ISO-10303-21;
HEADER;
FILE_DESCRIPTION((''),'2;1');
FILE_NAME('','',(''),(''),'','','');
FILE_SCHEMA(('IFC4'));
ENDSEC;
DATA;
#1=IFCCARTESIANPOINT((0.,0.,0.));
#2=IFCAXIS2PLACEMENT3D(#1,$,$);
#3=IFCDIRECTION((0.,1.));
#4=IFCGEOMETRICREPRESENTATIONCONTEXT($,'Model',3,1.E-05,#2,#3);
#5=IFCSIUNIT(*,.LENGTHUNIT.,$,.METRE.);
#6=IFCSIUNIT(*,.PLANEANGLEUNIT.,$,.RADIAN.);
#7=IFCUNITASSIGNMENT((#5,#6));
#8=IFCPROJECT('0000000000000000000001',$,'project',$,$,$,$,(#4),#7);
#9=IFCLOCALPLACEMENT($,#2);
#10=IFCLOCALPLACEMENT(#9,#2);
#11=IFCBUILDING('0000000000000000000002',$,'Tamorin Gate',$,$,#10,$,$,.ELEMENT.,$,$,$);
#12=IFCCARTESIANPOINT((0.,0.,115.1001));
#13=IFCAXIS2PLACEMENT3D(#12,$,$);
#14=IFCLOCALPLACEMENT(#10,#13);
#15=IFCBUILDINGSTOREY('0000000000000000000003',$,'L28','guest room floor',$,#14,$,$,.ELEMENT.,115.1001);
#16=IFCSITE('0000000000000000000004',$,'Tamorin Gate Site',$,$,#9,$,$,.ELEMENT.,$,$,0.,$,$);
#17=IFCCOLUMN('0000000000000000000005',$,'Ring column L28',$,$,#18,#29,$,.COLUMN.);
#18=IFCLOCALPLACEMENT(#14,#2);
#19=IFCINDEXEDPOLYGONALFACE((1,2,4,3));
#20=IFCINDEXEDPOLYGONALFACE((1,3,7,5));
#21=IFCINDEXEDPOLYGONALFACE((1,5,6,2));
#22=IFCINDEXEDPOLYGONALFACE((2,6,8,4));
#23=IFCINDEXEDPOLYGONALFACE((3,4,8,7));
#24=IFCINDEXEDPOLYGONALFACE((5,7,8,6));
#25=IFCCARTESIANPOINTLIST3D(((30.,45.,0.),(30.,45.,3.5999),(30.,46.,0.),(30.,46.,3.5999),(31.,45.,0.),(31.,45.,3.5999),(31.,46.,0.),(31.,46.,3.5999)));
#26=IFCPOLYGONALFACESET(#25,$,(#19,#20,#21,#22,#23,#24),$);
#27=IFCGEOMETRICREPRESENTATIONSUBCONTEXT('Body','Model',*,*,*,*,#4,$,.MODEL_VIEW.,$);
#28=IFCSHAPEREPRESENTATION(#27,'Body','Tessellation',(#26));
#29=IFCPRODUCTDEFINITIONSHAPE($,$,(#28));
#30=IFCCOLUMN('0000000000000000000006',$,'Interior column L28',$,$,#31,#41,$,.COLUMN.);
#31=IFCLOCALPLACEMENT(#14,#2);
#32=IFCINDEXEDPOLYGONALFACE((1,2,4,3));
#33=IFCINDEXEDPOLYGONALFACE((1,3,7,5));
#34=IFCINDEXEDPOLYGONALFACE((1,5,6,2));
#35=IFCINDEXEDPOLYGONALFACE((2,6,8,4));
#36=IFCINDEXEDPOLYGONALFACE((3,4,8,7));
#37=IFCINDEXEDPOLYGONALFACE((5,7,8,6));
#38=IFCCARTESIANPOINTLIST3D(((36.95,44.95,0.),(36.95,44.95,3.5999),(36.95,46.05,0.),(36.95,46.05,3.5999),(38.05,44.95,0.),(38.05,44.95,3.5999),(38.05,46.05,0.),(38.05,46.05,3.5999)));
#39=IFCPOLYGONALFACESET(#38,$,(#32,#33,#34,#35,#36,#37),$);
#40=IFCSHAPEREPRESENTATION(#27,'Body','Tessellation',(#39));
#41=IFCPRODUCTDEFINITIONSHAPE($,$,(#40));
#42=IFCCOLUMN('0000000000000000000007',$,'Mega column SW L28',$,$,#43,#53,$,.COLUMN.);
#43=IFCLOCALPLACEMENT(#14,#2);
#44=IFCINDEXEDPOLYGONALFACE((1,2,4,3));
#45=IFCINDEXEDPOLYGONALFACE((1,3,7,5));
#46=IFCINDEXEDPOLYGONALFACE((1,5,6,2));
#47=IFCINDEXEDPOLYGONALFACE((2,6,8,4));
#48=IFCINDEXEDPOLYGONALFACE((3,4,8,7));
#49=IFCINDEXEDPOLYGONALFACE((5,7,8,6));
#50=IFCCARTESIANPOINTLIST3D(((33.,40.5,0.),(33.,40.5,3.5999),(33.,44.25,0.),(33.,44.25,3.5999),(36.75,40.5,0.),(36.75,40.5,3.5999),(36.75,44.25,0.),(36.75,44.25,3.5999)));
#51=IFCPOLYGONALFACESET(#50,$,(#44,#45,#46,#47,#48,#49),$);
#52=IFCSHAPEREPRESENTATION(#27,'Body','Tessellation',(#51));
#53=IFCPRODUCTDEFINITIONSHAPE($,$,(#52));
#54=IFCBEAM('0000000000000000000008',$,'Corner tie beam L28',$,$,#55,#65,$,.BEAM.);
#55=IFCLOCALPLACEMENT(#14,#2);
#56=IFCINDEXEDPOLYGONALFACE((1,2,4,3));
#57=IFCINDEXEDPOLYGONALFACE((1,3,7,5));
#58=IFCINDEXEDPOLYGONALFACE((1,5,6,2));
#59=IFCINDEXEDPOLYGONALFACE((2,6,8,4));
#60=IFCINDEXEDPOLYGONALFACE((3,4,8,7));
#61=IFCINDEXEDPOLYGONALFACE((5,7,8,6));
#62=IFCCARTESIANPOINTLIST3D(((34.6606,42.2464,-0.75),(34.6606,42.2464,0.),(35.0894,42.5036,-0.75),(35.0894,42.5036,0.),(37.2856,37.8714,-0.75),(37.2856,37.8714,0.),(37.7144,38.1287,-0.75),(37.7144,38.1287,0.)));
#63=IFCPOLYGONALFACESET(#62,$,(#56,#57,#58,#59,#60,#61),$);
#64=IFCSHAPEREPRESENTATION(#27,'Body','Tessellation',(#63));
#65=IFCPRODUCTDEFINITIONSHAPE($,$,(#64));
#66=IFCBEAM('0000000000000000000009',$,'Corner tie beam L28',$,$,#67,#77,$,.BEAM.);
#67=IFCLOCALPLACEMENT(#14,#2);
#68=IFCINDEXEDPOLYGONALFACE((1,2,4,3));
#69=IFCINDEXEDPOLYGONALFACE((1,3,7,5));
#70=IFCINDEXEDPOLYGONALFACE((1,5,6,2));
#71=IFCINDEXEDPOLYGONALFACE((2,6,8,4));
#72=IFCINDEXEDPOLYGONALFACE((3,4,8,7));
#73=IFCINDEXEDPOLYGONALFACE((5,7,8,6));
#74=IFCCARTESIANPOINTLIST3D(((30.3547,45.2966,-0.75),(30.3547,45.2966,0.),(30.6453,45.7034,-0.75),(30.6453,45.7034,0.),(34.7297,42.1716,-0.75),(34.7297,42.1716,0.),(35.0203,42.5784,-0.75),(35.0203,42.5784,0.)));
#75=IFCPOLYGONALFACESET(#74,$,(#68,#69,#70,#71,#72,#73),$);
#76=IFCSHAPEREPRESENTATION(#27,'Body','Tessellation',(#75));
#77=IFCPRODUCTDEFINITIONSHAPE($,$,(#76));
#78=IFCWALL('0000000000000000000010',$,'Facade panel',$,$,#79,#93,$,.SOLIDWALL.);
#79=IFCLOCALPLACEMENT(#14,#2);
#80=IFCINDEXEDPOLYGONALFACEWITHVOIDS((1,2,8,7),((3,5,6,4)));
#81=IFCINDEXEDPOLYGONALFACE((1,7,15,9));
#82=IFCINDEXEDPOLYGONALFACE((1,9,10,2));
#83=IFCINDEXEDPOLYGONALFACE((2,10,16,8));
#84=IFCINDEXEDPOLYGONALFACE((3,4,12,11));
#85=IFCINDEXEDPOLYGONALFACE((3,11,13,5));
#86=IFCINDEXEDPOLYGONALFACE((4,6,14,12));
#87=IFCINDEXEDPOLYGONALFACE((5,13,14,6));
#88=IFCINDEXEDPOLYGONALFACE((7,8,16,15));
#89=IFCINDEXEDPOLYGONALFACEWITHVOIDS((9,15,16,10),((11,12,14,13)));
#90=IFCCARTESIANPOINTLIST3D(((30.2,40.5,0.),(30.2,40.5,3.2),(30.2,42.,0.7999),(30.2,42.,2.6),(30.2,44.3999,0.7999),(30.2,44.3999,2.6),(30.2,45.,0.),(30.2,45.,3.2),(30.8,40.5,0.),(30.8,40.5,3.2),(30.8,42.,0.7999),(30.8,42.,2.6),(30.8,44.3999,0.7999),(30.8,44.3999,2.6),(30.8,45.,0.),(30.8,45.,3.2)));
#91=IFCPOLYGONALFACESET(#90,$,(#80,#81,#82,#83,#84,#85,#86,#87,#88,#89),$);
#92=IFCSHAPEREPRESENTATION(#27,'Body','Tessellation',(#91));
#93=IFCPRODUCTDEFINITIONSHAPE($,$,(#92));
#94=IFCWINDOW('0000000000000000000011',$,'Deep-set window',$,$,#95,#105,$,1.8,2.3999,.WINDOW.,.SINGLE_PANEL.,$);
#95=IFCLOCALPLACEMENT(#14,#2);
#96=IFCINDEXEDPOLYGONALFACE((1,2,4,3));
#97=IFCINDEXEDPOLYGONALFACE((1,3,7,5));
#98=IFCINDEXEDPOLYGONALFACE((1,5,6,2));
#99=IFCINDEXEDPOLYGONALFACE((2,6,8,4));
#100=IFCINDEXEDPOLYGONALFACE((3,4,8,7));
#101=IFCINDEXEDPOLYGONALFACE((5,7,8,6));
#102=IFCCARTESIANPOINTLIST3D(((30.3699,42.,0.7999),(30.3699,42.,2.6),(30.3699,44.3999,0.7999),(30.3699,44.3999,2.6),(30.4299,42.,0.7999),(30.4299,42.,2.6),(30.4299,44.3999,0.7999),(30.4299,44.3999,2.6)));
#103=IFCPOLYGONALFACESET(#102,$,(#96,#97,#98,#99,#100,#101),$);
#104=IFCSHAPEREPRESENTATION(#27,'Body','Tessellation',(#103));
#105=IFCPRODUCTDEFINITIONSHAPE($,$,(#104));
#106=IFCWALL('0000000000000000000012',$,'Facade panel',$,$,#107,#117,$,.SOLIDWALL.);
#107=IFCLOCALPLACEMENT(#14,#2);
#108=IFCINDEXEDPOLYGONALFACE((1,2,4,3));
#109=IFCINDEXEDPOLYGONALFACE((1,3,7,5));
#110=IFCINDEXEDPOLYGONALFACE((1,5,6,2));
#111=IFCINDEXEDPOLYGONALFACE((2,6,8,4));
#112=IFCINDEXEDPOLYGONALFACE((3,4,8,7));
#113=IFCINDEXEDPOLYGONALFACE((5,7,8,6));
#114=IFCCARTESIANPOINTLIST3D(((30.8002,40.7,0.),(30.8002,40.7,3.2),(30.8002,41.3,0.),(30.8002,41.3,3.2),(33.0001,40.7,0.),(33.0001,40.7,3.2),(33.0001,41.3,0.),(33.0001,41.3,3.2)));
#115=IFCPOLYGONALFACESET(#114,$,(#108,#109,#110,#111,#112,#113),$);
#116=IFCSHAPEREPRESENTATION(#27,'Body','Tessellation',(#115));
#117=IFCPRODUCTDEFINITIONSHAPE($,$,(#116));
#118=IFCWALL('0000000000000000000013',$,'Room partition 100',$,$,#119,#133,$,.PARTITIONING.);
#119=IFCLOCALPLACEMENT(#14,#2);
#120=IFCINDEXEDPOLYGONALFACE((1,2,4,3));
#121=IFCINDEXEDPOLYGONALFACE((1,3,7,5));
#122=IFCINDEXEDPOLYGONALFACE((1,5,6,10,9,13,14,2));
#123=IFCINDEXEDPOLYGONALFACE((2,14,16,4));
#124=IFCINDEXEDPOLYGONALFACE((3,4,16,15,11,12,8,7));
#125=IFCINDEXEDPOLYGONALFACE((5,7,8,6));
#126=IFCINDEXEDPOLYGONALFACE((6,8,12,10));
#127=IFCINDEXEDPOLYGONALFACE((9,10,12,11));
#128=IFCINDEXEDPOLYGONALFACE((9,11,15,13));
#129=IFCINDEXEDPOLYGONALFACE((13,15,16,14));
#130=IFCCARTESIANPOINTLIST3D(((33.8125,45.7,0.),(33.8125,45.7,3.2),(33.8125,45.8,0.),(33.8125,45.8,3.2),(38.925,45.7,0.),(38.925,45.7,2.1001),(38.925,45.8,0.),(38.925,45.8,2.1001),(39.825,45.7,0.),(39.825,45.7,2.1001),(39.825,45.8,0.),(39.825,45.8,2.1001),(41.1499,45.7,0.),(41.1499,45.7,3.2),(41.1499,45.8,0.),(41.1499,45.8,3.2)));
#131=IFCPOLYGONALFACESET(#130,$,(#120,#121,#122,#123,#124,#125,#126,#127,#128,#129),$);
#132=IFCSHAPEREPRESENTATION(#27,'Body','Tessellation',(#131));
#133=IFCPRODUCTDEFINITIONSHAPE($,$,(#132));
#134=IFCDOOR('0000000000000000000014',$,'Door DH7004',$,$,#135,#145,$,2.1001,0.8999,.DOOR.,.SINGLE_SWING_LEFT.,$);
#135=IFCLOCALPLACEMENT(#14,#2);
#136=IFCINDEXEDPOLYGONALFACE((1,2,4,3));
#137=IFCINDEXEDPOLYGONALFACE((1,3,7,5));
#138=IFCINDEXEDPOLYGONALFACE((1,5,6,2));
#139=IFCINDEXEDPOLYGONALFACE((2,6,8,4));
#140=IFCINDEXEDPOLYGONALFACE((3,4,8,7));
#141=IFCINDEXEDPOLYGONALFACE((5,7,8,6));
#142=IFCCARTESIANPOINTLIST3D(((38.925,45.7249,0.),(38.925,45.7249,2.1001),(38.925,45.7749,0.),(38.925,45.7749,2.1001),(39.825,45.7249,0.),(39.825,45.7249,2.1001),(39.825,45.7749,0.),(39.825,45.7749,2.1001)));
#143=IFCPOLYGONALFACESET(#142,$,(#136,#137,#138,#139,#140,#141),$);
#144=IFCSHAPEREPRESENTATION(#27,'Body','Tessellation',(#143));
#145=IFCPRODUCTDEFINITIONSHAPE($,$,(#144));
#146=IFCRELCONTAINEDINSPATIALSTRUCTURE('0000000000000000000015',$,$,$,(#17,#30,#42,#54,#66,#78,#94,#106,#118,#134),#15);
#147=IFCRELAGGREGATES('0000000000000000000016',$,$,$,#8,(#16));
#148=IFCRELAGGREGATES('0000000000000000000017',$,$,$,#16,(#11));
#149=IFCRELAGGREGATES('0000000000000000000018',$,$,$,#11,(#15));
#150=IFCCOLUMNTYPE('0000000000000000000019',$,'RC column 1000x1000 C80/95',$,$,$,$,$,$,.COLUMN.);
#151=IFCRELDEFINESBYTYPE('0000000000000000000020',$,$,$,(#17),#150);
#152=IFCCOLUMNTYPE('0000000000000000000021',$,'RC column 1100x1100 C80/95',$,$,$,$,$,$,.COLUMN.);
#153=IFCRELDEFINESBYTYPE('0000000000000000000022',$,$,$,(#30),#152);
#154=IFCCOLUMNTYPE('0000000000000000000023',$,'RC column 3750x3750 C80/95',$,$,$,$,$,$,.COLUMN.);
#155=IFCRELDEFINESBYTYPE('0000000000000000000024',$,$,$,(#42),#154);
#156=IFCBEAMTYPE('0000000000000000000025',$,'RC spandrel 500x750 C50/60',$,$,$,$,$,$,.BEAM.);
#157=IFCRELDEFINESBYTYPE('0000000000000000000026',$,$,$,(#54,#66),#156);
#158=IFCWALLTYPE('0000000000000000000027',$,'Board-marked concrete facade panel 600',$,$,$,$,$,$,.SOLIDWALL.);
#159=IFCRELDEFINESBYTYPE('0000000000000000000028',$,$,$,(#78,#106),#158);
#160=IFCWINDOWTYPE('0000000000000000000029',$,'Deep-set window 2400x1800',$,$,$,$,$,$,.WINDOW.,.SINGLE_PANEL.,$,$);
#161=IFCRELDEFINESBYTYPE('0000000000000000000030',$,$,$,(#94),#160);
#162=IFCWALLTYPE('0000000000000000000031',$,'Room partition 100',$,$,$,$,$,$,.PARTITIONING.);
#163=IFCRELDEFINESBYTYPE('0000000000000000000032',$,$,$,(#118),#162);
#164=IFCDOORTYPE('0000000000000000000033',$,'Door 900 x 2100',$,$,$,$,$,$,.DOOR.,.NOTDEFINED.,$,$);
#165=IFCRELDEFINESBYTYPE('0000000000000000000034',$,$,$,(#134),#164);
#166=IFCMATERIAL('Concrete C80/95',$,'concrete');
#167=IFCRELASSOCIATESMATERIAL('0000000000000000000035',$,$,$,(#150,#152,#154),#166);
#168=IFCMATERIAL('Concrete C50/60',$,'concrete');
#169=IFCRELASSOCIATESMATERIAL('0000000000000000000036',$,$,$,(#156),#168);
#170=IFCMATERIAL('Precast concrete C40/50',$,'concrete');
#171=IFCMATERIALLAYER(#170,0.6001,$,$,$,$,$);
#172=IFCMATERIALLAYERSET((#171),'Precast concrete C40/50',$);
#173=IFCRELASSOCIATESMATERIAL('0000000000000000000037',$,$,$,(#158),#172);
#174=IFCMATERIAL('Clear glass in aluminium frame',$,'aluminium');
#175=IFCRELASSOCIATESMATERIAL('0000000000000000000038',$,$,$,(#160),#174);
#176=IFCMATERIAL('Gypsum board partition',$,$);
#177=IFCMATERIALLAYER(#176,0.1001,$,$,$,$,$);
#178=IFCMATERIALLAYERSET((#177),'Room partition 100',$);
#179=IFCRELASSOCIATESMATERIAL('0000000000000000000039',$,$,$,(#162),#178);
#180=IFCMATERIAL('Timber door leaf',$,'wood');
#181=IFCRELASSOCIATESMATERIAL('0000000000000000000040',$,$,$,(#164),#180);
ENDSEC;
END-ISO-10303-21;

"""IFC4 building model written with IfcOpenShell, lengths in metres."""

from ifc_helpers import new_model, si_unit, direction, frame, frame_2d, origin, origin_2d, place, context, subcontext, project, spatial, rectangle, extrude, material, layer, layer_set, material_profile, profile_set, type_object, element, fill, save


model = new_model("IFC4")

# Units and contexts
model_context = context("Model", 3, precision=1e-05, world=origin(), true_north=direction((0.0, 1.0)))
body_context = subcontext(model_context, "Body", "Model", "MODEL_VIEW")
ifc_project = project(units=[si_unit("LENGTHUNIT", "METRE"), si_unit("PLANEANGLEUNIT", "RADIAN")], contexts=[model_context])

# Site, building, storey
site_placement = place(None, origin())
site = spatial("IfcSite", under=ifc_project, at=site_placement, Name="Tamorin Gate Site", CompositionType="ELEMENT", RefElevation=0.0)
building_placement = place(site_placement, origin())
building = spatial("IfcBuilding", under=site, at=building_placement, Name="Tamorin Gate", CompositionType="ELEMENT")
storey_placement = place(building_placement, frame((0.0, 0.0, 115.1001)))
storey = spatial("IfcBuildingStorey", under=building, at=storey_placement, Name="L28", Description="guest room floor", CompositionType="ELEMENT", Elevation=115.1001)

# Columns
ifc_material_1 = material(Name="Concrete C80/95", Category="concrete")
ifc_material_profile_1 = material_profile(ifc_material_1, rectangle(XDim=1.0, YDim=1.0, at=origin_2d()), Name="RC 1000x1000")
ifc_profile_set_1 = profile_set([ifc_material_profile_1], Name="Concrete C80/95")
column_type_1 = type_object("IfcColumnType", Name="RC column 1000x1000 C80/95", PredefinedType="COLUMN", material=ifc_profile_set_1)
column_1_placement = place(storey_placement, frame((30.5, 45.5, 0.0), z_axis=(0.0, 0.0, 1.0), x_axis=(1.0, 0.0, 0.0)))
element("IfcColumn", 1, at=column_1_placement, inside=storey, type_object=column_type_1, Name="Ring column L28", PredefinedType="COLUMN", context=body_context, shape_type="SweptSolid", body=[
    extrude(rectangle(XDim=1.0, YDim=1.0, at=origin_2d()), origin(), (0.0, 0.0, 1.0), 3.5999),
])
ifc_material_profile_2 = material_profile(ifc_material_1, rectangle(XDim=1.1001, YDim=1.1001, at=origin_2d()), Name="RC 1100x1100")
ifc_profile_set_2 = profile_set([ifc_material_profile_2], Name="Concrete C80/95")
column_type_2 = type_object("IfcColumnType", Name="RC column 1100x1100 C80/95", PredefinedType="COLUMN", material=ifc_profile_set_2)
column_2_placement = place(storey_placement, frame((37.5, 45.5, 0.0), z_axis=(0.0, 0.0, 1.0), x_axis=(1.0, 0.0, 0.0)))
element("IfcColumn", 2, at=column_2_placement, inside=storey, type_object=column_type_2, Name="Interior column L28", PredefinedType="COLUMN", context=body_context, shape_type="SweptSolid", body=[
    extrude(rectangle(XDim=1.1001, YDim=1.1001, at=origin_2d()), origin(), (0.0, 0.0, 1.0), 3.5999),
])
ifc_material_profile_3 = material_profile(ifc_material_1, rectangle(XDim=3.75, YDim=3.75, at=origin_2d()), Name="RC 3750x3750")
ifc_profile_set_3 = profile_set([ifc_material_profile_3], Name="Concrete C80/95")
column_type_3 = type_object("IfcColumnType", Name="RC column 3750x3750 C80/95", PredefinedType="COLUMN", material=ifc_profile_set_3)
column_3_placement = place(storey_placement, frame((34.875, 42.375, 0.0), z_axis=(0.0, 0.0, 1.0), x_axis=(1.0, 0.0, 0.0)))
element("IfcColumn", 3, at=column_3_placement, inside=storey, type_object=column_type_3, Name="Mega column SW L28", PredefinedType="COLUMN", context=body_context, shape_type="SweptSolid", body=[
    extrude(rectangle(XDim=3.75, YDim=3.75, at=origin_2d()), origin(), (0.0, 0.0, 1.0), 3.5999),
])

# Beams
ifc_material_2 = material(Name="Concrete C50/60", Category="concrete")
ifc_material_profile_4 = material_profile(ifc_material_2, rectangle(XDim=0.5, YDim=0.75, at=origin_2d()), Name="RC 500x750")
ifc_profile_set_4 = profile_set([ifc_material_profile_4], Name="Concrete C50/60")
beam_type = type_object("IfcBeamType", Name="RC spandrel 500x750 C50/60", PredefinedType="BEAM", material=ifc_profile_set_4)
beam_1_placement = place(storey_placement, frame((34.875, 42.375, -0.375), z_axis=(0.514496, -0.857493, 0.0), x_axis=(0.857493, 0.514496, 0.0)))
element("IfcBeam", 4, at=beam_1_placement, inside=storey, type_object=beam_type, Name="Corner tie beam L28", PredefinedType="BEAM", context=body_context, shape_type="SweptSolid", body=[
    extrude(rectangle(XDim=0.5, YDim=0.75, at=origin_2d()), origin(), (0.0, 0.0, 1.0), 5.1021),
])
beam_2_placement = place(storey_placement, frame((34.875, 42.375, -0.375), z_axis=(-0.813733, 0.581238, 0.0), x_axis=(-0.581238, -0.813733, 0.0)))
element("IfcBeam", 5, at=beam_2_placement, inside=storey, type_object=beam_type, Name="Corner tie beam L28", PredefinedType="BEAM", context=body_context, shape_type="SweptSolid", body=[
    extrude(rectangle(XDim=0.5, YDim=0.75, at=origin_2d()), origin(), (0.0, 0.0, 1.0), 5.3765),
])

# Wall, opening, window
ifc_material_3 = material(Name="Precast concrete C40/50", Category="concrete")
ifc_layer_1 = layer(ifc_material_3, 0.6001)
ifc_layer_set_1 = layer_set([ifc_layer_1], Name="Precast concrete C40/50")
wall_type_1 = type_object("IfcWallType", Name="Board-marked concrete facade panel 600", PredefinedType="SOLIDWALL", material=ifc_layer_set_1)
wall_1_placement = place(storey_placement, frame((30.5, 45.0, 0.0), z_axis=(0.0, 0.0, 1.0), x_axis=(0.0, -1.0, 0.0)))
wall_1 = element("IfcWall", 6, at=wall_1_placement, inside=storey, type_object=wall_type_1, Name="Facade panel", PredefinedType="SOLIDWALL", context=body_context, shape_type="SweptSolid", body=[
    extrude(rectangle(XDim=4.5, YDim=0.6001, at=frame_2d((2.25, 0.0))), origin(), (0.0, 0.0, 1.0), 3.2),
])
opening_1_placement = place(wall_1_placement, frame((0.6001, 0.0, 0.8)))
opening_1 = element("IfcOpeningElement", 7, at=opening_1_placement, cuts=wall_1, PredefinedType="OPENING", context=body_context, shape_type="SweptSolid", body=[
    extrude(rectangle(XDim=2.3999, YDim=1.8, at=frame_2d((1.2, 0.8999))), frame((0.0, 0.3101, 0.0), z_axis=(0.0, -1.0, 0.0), x_axis=(1.0, 0.0, 0.0)), (0.0, 0.0, 1.0), 0.6201),
])
ifc_material_4 = material(Name="Clear glass in aluminium frame", Category="aluminium")
window_type = type_object("IfcWindowType", Name="Deep-set window 2400x1800", PartitioningType="SINGLE_PANEL", PredefinedType="WINDOW", material=ifc_material_4)
window_placement = place(opening_1_placement, origin())
window = element("IfcWindow", 8, at=window_placement, inside=storey, type_object=window_type, Name="Deep-set window", OverallHeight=1.8, OverallWidth=2.3999, PartitioningType="SINGLE_PANEL", PredefinedType="WINDOW", context=body_context, shape_type="SweptSolid", body=[
    extrude(rectangle(XDim=2.3999, YDim=1.8, at=frame_2d((1.2, 0.8999))), frame((0.0, -0.0701, 0.0), z_axis=(0.0, -1.0, 0.0), x_axis=(1.0, 0.0, 0.0)), (0.0, 0.0, 1.0), 0.0601),
])
fill(opening_1, window)

# Wall
wall_2_placement = place(storey_placement, frame((30.8, 41.0, 0.0), z_axis=(0.0, 0.0, 1.0), x_axis=(1.0, 0.0, 0.0)))
element("IfcWall", 9, at=wall_2_placement, inside=storey, type_object=wall_type_1, Name="Facade panel", PredefinedType="SOLIDWALL", context=body_context, shape_type="SweptSolid", body=[
    extrude(rectangle(XDim=2.2, YDim=0.6001, at=frame_2d((1.1001, 0.0))), origin(), (0.0, 0.0, 1.0), 3.2),
])

# Wall, opening, door
ifc_material_5 = material(Name="Gypsum board partition")
ifc_layer_2 = layer(ifc_material_5, 0.1001)
ifc_layer_set_2 = layer_set([ifc_layer_2], Name="Room partition 100")
wall_type_2 = type_object("IfcWallType", Name="Room partition 100", PredefinedType="PARTITIONING", material=ifc_layer_set_2)
wall_3_placement = place(storey_placement, frame((33.8125, 45.75, 0.0), z_axis=(0.0, 0.0, 1.0), x_axis=(1.0, 0.0, 0.0)))
wall_3 = element("IfcWall", 10, at=wall_3_placement, inside=storey, type_object=wall_type_2, Name="Room partition 100", PredefinedType="PARTITIONING", context=body_context, shape_type="SweptSolid", body=[
    extrude(rectangle(XDim=7.3374, YDim=0.1001, at=frame_2d((3.6687, 0.0))), origin(), (0.0, 0.0, 1.0), 3.2),
])
opening_2_placement = place(wall_3_placement, frame((5.1125, 0.0, 0.0)))
opening_2 = element("IfcOpeningElement", 11, at=opening_2_placement, cuts=wall_3, PredefinedType="OPENING", context=body_context, shape_type="SweptSolid", body=[
    extrude(rectangle(XDim=0.8999, YDim=2.1001, at=frame_2d((0.45, 1.05))), frame((0.0, 0.0601, 0.0), z_axis=(0.0, -1.0, 0.0), x_axis=(1.0, 0.0, 0.0)), (0.0, 0.0, 1.0), 0.1201),
])
ifc_material_6 = material(Name="Timber door leaf", Category="wood")
door_type = type_object("IfcDoorType", Name="Door 900 x 2100", OperationType="NOTDEFINED", PredefinedType="DOOR", material=ifc_material_6)
door_1_placement = place(opening_2_placement, origin())
door_1 = element("IfcDoor", 12, at=door_1_placement, inside=storey, type_object=door_type, Name="Door DH7004", OperationType="SINGLE_SWING_LEFT", OverallHeight=2.1001, OverallWidth=0.8999, PredefinedType="DOOR", context=body_context, shape_type="SweptSolid", body=[
    extrude(rectangle(XDim=0.8999, YDim=2.1001, at=frame_2d((0.45, 1.05))), frame((0.0, 0.0249, 0.0), z_axis=(0.0, -1.0, 0.0), x_axis=(1.0, 0.0, 0.0)), (0.0, 0.0, 1.0), 0.05),
])
fill(opening_2, door_1)

save(model, "model.ifc")
